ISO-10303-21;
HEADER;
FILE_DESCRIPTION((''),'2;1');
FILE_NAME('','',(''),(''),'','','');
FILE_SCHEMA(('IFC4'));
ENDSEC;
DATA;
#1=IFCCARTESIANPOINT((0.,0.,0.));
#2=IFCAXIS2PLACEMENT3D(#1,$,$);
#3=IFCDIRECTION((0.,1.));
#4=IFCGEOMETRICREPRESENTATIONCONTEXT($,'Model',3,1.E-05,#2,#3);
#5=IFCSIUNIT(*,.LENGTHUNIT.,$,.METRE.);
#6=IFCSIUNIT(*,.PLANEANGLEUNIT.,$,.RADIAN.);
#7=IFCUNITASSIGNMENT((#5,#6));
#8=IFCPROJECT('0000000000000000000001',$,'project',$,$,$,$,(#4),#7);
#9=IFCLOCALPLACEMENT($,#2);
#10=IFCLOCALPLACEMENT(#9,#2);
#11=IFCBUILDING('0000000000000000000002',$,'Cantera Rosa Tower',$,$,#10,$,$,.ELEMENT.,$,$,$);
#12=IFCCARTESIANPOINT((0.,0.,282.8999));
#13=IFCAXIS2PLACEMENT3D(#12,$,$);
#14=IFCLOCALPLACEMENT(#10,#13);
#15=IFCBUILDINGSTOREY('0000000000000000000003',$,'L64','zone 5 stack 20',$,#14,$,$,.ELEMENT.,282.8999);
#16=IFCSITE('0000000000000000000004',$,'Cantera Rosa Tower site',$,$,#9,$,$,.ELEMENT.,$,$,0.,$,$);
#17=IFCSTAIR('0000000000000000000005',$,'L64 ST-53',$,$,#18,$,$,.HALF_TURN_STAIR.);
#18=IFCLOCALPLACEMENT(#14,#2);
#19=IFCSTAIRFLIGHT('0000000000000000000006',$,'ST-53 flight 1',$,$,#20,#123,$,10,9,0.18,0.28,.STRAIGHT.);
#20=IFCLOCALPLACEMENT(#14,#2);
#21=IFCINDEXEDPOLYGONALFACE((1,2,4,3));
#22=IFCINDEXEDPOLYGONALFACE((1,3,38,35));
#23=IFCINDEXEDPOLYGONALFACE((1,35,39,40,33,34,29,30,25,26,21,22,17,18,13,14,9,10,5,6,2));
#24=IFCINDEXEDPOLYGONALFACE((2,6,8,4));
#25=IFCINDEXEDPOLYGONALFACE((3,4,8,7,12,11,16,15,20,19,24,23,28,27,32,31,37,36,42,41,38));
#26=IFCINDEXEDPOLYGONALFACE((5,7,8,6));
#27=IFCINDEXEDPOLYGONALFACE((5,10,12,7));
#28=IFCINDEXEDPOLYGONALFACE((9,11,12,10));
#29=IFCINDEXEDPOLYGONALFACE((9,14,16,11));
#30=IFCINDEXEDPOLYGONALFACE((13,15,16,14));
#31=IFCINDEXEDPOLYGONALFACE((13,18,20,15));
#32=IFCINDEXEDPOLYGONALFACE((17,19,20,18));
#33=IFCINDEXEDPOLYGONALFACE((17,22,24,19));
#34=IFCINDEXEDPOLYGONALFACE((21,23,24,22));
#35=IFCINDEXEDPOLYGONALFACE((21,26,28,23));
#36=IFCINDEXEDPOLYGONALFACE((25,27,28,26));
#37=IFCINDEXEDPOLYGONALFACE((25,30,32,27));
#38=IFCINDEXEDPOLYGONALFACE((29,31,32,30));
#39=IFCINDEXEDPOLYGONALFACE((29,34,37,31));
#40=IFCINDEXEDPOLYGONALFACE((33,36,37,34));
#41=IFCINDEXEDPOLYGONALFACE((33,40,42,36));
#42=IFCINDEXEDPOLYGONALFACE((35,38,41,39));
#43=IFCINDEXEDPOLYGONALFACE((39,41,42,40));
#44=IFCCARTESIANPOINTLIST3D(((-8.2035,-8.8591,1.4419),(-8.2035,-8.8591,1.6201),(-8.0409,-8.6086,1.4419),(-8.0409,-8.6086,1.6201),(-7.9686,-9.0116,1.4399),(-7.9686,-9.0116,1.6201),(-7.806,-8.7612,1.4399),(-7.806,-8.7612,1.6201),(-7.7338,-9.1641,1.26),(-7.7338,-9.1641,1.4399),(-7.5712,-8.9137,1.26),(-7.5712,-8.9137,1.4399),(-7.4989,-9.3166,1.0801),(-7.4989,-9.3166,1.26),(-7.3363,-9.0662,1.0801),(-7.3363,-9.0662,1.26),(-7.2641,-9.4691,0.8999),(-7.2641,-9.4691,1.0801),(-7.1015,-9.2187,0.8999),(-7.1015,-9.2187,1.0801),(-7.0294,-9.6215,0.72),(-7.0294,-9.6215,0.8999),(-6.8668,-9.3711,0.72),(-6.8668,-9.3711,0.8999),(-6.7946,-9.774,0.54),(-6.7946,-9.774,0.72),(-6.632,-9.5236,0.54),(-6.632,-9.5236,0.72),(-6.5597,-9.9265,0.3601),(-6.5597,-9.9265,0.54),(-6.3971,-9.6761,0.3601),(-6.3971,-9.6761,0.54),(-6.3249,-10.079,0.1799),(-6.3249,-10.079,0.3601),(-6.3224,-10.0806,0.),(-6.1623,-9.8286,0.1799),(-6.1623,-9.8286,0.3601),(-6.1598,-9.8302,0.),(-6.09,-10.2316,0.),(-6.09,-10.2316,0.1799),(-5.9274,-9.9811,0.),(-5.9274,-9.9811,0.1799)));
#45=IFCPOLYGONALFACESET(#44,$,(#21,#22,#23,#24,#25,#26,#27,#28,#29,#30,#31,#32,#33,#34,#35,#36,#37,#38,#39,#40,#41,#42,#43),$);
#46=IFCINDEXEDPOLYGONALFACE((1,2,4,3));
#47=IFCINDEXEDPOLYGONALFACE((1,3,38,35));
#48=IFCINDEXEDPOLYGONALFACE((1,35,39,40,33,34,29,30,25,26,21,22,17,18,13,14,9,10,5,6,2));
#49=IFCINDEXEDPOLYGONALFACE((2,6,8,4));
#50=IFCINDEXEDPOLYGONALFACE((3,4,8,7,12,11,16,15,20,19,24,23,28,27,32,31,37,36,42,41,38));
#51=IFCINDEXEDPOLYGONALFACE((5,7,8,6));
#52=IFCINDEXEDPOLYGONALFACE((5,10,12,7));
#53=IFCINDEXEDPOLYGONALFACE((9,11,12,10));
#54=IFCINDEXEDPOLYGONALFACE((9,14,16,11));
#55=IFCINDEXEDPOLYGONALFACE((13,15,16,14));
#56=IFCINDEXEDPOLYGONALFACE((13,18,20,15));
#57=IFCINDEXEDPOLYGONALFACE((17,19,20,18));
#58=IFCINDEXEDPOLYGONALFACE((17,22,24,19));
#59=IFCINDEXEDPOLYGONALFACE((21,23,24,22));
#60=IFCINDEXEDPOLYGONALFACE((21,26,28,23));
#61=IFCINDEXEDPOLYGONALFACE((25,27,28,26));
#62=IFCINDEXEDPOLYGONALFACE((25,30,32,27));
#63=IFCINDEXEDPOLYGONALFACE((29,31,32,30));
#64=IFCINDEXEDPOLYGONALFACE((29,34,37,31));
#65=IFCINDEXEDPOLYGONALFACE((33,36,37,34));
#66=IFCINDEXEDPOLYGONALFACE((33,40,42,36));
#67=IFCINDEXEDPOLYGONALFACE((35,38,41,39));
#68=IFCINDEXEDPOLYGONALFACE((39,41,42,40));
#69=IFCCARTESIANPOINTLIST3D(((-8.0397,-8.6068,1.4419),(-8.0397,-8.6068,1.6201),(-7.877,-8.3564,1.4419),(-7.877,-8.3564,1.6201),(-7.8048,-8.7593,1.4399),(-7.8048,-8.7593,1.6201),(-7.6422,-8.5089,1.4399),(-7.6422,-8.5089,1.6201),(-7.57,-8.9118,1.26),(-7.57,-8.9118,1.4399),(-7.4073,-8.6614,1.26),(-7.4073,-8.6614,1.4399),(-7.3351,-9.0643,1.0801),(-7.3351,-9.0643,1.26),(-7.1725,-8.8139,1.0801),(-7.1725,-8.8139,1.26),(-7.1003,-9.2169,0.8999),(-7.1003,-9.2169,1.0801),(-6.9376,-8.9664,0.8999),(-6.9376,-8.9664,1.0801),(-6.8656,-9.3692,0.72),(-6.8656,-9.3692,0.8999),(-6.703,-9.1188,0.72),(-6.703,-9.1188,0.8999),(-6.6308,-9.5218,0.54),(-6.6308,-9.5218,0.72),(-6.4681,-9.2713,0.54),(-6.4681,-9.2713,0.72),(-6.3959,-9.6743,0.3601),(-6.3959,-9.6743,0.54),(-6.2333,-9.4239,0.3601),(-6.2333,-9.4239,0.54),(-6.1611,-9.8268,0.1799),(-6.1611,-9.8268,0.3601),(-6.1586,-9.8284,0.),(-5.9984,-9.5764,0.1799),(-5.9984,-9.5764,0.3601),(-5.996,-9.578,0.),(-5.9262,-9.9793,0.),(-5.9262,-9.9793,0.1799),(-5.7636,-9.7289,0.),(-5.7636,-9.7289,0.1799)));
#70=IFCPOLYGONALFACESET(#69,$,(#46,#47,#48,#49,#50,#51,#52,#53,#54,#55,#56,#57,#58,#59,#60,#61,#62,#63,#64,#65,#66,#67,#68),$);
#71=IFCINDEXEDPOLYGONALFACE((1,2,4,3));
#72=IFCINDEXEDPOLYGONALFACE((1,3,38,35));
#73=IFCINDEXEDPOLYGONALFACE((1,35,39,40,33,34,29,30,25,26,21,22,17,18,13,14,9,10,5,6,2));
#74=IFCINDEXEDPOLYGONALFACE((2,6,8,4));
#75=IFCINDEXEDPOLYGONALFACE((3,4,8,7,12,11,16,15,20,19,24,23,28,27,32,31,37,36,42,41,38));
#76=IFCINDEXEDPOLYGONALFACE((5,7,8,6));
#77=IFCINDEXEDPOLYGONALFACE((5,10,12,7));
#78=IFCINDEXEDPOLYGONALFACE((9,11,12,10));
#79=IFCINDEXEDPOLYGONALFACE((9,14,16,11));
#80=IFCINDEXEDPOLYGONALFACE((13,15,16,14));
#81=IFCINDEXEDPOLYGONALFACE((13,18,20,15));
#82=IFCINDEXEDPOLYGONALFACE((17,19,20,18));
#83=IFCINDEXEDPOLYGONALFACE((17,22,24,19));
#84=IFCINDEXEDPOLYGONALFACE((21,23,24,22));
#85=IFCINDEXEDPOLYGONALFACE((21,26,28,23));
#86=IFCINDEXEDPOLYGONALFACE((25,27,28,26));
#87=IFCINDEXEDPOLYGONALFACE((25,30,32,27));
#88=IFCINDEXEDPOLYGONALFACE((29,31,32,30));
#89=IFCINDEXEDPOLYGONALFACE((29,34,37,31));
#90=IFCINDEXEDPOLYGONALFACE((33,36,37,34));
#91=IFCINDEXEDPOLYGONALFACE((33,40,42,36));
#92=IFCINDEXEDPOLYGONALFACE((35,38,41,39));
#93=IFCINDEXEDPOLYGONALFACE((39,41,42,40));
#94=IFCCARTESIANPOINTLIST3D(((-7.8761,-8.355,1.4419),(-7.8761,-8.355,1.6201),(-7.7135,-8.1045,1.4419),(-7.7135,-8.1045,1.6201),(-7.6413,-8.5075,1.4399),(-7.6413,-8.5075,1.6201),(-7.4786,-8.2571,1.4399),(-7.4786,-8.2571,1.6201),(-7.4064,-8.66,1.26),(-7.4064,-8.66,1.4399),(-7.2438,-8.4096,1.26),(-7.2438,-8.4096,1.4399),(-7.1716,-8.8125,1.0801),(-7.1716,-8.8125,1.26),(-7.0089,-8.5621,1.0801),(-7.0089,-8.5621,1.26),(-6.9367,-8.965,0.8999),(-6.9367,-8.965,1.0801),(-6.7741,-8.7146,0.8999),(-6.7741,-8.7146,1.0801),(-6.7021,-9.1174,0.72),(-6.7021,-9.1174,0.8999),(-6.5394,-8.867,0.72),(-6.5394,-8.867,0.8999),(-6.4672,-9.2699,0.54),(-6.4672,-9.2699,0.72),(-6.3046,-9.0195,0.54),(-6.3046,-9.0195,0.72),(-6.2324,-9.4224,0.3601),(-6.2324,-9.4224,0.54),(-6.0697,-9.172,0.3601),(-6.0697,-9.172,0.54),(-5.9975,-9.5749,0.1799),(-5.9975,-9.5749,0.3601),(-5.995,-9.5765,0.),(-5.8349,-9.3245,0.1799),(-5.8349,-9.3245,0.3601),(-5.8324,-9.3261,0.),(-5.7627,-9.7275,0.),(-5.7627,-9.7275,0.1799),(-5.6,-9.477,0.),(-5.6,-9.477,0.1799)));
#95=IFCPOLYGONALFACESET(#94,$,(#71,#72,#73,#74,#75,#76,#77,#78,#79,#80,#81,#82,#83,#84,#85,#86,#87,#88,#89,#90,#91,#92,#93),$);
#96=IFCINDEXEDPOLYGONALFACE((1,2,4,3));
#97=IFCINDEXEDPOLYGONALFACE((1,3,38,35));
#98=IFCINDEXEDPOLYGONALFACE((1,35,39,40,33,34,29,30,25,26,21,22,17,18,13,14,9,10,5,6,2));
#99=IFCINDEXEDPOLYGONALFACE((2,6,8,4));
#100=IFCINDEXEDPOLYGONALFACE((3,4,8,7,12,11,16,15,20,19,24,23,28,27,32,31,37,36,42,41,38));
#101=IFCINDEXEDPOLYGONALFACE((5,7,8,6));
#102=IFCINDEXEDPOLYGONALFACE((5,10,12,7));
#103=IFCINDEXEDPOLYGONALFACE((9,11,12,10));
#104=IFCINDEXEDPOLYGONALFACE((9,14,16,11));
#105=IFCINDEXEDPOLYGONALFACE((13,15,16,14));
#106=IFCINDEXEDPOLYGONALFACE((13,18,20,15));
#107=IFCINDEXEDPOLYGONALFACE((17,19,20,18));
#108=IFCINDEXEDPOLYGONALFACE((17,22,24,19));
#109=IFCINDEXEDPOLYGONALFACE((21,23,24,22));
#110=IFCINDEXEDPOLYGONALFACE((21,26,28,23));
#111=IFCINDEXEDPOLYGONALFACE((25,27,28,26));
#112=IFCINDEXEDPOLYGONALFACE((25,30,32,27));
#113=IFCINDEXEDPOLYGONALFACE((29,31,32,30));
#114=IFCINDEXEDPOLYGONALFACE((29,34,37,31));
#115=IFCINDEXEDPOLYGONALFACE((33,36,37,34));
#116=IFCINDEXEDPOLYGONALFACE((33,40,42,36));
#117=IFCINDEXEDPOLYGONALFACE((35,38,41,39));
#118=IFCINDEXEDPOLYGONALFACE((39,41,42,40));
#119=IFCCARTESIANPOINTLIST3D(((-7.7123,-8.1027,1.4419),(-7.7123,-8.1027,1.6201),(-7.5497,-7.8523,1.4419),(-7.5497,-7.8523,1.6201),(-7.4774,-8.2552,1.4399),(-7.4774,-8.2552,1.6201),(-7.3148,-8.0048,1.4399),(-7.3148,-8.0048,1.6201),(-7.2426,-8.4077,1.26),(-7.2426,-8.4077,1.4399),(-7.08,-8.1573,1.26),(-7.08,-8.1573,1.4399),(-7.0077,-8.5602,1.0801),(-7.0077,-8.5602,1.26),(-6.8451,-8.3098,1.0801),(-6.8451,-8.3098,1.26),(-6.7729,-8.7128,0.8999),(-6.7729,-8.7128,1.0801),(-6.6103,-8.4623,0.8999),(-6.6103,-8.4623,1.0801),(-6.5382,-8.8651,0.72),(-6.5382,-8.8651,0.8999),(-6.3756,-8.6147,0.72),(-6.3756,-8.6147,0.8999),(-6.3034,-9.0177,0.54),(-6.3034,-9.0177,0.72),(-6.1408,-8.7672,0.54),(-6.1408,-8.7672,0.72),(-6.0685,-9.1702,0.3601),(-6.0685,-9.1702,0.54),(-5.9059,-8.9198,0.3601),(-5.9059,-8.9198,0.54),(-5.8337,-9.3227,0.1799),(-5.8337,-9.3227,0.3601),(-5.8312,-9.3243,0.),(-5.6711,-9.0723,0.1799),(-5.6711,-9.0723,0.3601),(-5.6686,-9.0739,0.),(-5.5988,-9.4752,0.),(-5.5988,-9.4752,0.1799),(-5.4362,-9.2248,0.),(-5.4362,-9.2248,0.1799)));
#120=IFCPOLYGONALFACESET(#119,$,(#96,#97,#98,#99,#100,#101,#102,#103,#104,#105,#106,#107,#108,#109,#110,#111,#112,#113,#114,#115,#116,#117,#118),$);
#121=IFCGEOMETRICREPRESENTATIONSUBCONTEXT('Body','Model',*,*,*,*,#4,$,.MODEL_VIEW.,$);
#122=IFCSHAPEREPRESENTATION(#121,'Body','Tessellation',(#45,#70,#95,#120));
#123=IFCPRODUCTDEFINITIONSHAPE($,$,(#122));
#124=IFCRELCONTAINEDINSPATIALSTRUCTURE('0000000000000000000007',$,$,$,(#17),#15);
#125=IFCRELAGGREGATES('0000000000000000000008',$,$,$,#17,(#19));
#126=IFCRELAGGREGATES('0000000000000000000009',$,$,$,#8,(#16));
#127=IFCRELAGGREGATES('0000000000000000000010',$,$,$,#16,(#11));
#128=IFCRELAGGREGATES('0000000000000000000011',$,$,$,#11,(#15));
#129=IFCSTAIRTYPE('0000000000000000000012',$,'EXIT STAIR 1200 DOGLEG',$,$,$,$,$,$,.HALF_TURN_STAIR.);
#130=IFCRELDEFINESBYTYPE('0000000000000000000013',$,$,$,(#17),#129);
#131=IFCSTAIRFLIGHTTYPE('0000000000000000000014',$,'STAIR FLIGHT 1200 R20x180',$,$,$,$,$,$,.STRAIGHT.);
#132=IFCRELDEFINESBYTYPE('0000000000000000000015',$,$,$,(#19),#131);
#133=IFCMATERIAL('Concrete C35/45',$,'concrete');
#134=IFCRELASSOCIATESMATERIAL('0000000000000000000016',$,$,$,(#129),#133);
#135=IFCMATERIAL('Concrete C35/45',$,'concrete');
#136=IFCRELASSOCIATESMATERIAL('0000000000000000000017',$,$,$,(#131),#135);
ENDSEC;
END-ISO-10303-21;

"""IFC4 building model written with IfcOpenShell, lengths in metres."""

from ifc_helpers import new_model, si_unit, direction, frame, origin, place, context, subcontext, project, spatial, polyline, outline, extrude, material, type_object, element, aggregate, save


model = new_model("IFC4")

# Units and contexts
model_context = context("Model", 3, precision=1e-05, world=origin(), true_north=direction((0.0, 1.0)))
body_context = subcontext(model_context, "Body", "Model", "MODEL_VIEW")
ifc_project = project(units=[si_unit("LENGTHUNIT", "METRE"), si_unit("PLANEANGLEUNIT", "RADIAN")], contexts=[model_context])

# Site, building, storey
site_placement = place(None, origin())
site = spatial("IfcSite", under=ifc_project, at=site_placement, Name="Cantera Rosa Tower site", CompositionType="ELEMENT", RefElevation=0.0)
building_placement = place(site_placement, origin())
building = spatial("IfcBuilding", under=site, at=building_placement, Name="Cantera Rosa Tower", CompositionType="ELEMENT")
storey_placement = place(building_placement, frame((0.0, 0.0, 282.8999)))
storey = spatial("IfcBuildingStorey", under=building, at=storey_placement, Name="L64", Description="zone 5 stack 20", CompositionType="ELEMENT", Elevation=282.8999)

# Stair, stair flight
ifc_material_1 = material(Name="Concrete C35/45", Category="concrete")
stair_type = type_object("IfcStairType", Name="EXIT STAIR 1200 DOGLEG", PredefinedType="HALF_TURN_STAIR", material=ifc_material_1)
stair_placement = place(storey_placement, origin())
stair = element("IfcStair", 1, at=stair_placement, inside=storey, type_object=stair_type, Name="L64 ST-53", PredefinedType="HALF_TURN_STAIR")
ifc_material_2 = material(Name="Concrete C35/45", Category="concrete")
stair_flight_type = type_object("IfcStairFlightType", Name="STAIR FLIGHT 1200 R20x180", PredefinedType="STRAIGHT", material=ifc_material_2)
stair_flight_1_placement = place(storey_placement, frame((-5.7632, -9.7283, 0.0), z_axis=(0.0, 0.0, 1.0), x_axis=(-0.838671, 0.544639, 0.0)))
stair_flight_1 = element("IfcStairFlight", 2, at=stair_flight_1_placement, type_object=stair_flight_type, Name="ST-53 flight 1", NumberOfRisers=10, NumberOfTreads=9, PredefinedType="STRAIGHT", RiserHeight=0.18, TreadLength=0.28, context=body_context, shape_type="SweptSolid", body=[
    extrude(outline(polyline([(0.0, 0.0), (0.0, 0.1799), (0.28, 0.1799), (0.28, 0.3601), (0.5601, 0.3601), (0.5601, 0.54), (0.8401, 0.54), (0.8401, 0.72), (1.1201, 0.72), (1.1201, 0.8999), (1.3999, 0.8999), (1.3999, 1.0801), (1.6799, 1.0801), (1.6799, 1.26), (1.96, 1.26), (1.96, 1.4399), (2.24, 1.4399), (2.24, 1.6201), (2.52, 1.6201), (2.52, 1.8), (2.52, 1.4419), (0.2771, 0.0), (0.0, 0.0)])), frame((0.0, 0.6001, 0.0), z_axis=(0.0, -1.0, 0.0), x_axis=(1.0, 0.0, 0.0)), (0.0, 0.0, 1.0), 0.2986),
    extrude(outline(polyline([(0.0, 0.0), (0.0, 0.1799), (0.28, 0.1799), (0.28, 0.3601), (0.5601, 0.3601), (0.5601, 0.54), (0.8401, 0.54), (0.8401, 0.72), (1.1201, 0.72), (1.1201, 0.8999), (1.3999, 0.8999), (1.3999, 1.0801), (1.6799, 1.0801), (1.6799, 1.26), (1.96, 1.26), (1.96, 1.4399), (2.24, 1.4399), (2.24, 1.6201), (2.52, 1.6201), (2.52, 1.8), (2.52, 1.4419), (0.2771, 0.0), (0.0, 0.0)])), frame((0.0, 0.2993, 0.0), z_axis=(0.0, -1.0, 0.0), x_axis=(1.0, 0.0, 0.0)), (0.0, 0.0, 1.0), 0.2986),
    extrude(outline(polyline([(0.0, 0.0), (0.0, 0.1799), (0.28, 0.1799), (0.28, 0.3601), (0.5601, 0.3601), (0.5601, 0.54), (0.8401, 0.54), (0.8401, 0.72), (1.1201, 0.72), (1.1201, 0.8999), (1.3999, 0.8999), (1.3999, 1.0801), (1.6799, 1.0801), (1.6799, 1.26), (1.96, 1.26), (1.96, 1.4399), (2.24, 1.4399), (2.24, 1.6201), (2.52, 1.6201), (2.52, 1.8), (2.52, 1.4419), (0.2771, 0.0), (0.0, 0.0)])), frame((0.0, -0.001, 0.0), z_axis=(0.0, -1.0, 0.0), x_axis=(1.0, 0.0, 0.0)), (0.0, 0.0, 1.0), 0.2986),
    extrude(outline(polyline([(0.0, 0.0), (0.0, 0.1799), (0.28, 0.1799), (0.28, 0.3601), (0.5601, 0.3601), (0.5601, 0.54), (0.8401, 0.54), (0.8401, 0.72), (1.1201, 0.72), (1.1201, 0.8999), (1.3999, 0.8999), (1.3999, 1.0801), (1.6799, 1.0801), (1.6799, 1.26), (1.96, 1.26), (1.96, 1.4399), (2.24, 1.4399), (2.24, 1.6201), (2.52, 1.6201), (2.52, 1.8), (2.52, 1.4419), (0.2771, 0.0), (0.0, 0.0)])), frame((0.0, -0.3018, 0.0), z_axis=(0.0, -1.0, 0.0), x_axis=(1.0, 0.0, 0.0)), (0.0, 0.0, 1.0), 0.2986),
])
aggregate(stair, [stair_flight_1])

save(model, "model.ifc")
